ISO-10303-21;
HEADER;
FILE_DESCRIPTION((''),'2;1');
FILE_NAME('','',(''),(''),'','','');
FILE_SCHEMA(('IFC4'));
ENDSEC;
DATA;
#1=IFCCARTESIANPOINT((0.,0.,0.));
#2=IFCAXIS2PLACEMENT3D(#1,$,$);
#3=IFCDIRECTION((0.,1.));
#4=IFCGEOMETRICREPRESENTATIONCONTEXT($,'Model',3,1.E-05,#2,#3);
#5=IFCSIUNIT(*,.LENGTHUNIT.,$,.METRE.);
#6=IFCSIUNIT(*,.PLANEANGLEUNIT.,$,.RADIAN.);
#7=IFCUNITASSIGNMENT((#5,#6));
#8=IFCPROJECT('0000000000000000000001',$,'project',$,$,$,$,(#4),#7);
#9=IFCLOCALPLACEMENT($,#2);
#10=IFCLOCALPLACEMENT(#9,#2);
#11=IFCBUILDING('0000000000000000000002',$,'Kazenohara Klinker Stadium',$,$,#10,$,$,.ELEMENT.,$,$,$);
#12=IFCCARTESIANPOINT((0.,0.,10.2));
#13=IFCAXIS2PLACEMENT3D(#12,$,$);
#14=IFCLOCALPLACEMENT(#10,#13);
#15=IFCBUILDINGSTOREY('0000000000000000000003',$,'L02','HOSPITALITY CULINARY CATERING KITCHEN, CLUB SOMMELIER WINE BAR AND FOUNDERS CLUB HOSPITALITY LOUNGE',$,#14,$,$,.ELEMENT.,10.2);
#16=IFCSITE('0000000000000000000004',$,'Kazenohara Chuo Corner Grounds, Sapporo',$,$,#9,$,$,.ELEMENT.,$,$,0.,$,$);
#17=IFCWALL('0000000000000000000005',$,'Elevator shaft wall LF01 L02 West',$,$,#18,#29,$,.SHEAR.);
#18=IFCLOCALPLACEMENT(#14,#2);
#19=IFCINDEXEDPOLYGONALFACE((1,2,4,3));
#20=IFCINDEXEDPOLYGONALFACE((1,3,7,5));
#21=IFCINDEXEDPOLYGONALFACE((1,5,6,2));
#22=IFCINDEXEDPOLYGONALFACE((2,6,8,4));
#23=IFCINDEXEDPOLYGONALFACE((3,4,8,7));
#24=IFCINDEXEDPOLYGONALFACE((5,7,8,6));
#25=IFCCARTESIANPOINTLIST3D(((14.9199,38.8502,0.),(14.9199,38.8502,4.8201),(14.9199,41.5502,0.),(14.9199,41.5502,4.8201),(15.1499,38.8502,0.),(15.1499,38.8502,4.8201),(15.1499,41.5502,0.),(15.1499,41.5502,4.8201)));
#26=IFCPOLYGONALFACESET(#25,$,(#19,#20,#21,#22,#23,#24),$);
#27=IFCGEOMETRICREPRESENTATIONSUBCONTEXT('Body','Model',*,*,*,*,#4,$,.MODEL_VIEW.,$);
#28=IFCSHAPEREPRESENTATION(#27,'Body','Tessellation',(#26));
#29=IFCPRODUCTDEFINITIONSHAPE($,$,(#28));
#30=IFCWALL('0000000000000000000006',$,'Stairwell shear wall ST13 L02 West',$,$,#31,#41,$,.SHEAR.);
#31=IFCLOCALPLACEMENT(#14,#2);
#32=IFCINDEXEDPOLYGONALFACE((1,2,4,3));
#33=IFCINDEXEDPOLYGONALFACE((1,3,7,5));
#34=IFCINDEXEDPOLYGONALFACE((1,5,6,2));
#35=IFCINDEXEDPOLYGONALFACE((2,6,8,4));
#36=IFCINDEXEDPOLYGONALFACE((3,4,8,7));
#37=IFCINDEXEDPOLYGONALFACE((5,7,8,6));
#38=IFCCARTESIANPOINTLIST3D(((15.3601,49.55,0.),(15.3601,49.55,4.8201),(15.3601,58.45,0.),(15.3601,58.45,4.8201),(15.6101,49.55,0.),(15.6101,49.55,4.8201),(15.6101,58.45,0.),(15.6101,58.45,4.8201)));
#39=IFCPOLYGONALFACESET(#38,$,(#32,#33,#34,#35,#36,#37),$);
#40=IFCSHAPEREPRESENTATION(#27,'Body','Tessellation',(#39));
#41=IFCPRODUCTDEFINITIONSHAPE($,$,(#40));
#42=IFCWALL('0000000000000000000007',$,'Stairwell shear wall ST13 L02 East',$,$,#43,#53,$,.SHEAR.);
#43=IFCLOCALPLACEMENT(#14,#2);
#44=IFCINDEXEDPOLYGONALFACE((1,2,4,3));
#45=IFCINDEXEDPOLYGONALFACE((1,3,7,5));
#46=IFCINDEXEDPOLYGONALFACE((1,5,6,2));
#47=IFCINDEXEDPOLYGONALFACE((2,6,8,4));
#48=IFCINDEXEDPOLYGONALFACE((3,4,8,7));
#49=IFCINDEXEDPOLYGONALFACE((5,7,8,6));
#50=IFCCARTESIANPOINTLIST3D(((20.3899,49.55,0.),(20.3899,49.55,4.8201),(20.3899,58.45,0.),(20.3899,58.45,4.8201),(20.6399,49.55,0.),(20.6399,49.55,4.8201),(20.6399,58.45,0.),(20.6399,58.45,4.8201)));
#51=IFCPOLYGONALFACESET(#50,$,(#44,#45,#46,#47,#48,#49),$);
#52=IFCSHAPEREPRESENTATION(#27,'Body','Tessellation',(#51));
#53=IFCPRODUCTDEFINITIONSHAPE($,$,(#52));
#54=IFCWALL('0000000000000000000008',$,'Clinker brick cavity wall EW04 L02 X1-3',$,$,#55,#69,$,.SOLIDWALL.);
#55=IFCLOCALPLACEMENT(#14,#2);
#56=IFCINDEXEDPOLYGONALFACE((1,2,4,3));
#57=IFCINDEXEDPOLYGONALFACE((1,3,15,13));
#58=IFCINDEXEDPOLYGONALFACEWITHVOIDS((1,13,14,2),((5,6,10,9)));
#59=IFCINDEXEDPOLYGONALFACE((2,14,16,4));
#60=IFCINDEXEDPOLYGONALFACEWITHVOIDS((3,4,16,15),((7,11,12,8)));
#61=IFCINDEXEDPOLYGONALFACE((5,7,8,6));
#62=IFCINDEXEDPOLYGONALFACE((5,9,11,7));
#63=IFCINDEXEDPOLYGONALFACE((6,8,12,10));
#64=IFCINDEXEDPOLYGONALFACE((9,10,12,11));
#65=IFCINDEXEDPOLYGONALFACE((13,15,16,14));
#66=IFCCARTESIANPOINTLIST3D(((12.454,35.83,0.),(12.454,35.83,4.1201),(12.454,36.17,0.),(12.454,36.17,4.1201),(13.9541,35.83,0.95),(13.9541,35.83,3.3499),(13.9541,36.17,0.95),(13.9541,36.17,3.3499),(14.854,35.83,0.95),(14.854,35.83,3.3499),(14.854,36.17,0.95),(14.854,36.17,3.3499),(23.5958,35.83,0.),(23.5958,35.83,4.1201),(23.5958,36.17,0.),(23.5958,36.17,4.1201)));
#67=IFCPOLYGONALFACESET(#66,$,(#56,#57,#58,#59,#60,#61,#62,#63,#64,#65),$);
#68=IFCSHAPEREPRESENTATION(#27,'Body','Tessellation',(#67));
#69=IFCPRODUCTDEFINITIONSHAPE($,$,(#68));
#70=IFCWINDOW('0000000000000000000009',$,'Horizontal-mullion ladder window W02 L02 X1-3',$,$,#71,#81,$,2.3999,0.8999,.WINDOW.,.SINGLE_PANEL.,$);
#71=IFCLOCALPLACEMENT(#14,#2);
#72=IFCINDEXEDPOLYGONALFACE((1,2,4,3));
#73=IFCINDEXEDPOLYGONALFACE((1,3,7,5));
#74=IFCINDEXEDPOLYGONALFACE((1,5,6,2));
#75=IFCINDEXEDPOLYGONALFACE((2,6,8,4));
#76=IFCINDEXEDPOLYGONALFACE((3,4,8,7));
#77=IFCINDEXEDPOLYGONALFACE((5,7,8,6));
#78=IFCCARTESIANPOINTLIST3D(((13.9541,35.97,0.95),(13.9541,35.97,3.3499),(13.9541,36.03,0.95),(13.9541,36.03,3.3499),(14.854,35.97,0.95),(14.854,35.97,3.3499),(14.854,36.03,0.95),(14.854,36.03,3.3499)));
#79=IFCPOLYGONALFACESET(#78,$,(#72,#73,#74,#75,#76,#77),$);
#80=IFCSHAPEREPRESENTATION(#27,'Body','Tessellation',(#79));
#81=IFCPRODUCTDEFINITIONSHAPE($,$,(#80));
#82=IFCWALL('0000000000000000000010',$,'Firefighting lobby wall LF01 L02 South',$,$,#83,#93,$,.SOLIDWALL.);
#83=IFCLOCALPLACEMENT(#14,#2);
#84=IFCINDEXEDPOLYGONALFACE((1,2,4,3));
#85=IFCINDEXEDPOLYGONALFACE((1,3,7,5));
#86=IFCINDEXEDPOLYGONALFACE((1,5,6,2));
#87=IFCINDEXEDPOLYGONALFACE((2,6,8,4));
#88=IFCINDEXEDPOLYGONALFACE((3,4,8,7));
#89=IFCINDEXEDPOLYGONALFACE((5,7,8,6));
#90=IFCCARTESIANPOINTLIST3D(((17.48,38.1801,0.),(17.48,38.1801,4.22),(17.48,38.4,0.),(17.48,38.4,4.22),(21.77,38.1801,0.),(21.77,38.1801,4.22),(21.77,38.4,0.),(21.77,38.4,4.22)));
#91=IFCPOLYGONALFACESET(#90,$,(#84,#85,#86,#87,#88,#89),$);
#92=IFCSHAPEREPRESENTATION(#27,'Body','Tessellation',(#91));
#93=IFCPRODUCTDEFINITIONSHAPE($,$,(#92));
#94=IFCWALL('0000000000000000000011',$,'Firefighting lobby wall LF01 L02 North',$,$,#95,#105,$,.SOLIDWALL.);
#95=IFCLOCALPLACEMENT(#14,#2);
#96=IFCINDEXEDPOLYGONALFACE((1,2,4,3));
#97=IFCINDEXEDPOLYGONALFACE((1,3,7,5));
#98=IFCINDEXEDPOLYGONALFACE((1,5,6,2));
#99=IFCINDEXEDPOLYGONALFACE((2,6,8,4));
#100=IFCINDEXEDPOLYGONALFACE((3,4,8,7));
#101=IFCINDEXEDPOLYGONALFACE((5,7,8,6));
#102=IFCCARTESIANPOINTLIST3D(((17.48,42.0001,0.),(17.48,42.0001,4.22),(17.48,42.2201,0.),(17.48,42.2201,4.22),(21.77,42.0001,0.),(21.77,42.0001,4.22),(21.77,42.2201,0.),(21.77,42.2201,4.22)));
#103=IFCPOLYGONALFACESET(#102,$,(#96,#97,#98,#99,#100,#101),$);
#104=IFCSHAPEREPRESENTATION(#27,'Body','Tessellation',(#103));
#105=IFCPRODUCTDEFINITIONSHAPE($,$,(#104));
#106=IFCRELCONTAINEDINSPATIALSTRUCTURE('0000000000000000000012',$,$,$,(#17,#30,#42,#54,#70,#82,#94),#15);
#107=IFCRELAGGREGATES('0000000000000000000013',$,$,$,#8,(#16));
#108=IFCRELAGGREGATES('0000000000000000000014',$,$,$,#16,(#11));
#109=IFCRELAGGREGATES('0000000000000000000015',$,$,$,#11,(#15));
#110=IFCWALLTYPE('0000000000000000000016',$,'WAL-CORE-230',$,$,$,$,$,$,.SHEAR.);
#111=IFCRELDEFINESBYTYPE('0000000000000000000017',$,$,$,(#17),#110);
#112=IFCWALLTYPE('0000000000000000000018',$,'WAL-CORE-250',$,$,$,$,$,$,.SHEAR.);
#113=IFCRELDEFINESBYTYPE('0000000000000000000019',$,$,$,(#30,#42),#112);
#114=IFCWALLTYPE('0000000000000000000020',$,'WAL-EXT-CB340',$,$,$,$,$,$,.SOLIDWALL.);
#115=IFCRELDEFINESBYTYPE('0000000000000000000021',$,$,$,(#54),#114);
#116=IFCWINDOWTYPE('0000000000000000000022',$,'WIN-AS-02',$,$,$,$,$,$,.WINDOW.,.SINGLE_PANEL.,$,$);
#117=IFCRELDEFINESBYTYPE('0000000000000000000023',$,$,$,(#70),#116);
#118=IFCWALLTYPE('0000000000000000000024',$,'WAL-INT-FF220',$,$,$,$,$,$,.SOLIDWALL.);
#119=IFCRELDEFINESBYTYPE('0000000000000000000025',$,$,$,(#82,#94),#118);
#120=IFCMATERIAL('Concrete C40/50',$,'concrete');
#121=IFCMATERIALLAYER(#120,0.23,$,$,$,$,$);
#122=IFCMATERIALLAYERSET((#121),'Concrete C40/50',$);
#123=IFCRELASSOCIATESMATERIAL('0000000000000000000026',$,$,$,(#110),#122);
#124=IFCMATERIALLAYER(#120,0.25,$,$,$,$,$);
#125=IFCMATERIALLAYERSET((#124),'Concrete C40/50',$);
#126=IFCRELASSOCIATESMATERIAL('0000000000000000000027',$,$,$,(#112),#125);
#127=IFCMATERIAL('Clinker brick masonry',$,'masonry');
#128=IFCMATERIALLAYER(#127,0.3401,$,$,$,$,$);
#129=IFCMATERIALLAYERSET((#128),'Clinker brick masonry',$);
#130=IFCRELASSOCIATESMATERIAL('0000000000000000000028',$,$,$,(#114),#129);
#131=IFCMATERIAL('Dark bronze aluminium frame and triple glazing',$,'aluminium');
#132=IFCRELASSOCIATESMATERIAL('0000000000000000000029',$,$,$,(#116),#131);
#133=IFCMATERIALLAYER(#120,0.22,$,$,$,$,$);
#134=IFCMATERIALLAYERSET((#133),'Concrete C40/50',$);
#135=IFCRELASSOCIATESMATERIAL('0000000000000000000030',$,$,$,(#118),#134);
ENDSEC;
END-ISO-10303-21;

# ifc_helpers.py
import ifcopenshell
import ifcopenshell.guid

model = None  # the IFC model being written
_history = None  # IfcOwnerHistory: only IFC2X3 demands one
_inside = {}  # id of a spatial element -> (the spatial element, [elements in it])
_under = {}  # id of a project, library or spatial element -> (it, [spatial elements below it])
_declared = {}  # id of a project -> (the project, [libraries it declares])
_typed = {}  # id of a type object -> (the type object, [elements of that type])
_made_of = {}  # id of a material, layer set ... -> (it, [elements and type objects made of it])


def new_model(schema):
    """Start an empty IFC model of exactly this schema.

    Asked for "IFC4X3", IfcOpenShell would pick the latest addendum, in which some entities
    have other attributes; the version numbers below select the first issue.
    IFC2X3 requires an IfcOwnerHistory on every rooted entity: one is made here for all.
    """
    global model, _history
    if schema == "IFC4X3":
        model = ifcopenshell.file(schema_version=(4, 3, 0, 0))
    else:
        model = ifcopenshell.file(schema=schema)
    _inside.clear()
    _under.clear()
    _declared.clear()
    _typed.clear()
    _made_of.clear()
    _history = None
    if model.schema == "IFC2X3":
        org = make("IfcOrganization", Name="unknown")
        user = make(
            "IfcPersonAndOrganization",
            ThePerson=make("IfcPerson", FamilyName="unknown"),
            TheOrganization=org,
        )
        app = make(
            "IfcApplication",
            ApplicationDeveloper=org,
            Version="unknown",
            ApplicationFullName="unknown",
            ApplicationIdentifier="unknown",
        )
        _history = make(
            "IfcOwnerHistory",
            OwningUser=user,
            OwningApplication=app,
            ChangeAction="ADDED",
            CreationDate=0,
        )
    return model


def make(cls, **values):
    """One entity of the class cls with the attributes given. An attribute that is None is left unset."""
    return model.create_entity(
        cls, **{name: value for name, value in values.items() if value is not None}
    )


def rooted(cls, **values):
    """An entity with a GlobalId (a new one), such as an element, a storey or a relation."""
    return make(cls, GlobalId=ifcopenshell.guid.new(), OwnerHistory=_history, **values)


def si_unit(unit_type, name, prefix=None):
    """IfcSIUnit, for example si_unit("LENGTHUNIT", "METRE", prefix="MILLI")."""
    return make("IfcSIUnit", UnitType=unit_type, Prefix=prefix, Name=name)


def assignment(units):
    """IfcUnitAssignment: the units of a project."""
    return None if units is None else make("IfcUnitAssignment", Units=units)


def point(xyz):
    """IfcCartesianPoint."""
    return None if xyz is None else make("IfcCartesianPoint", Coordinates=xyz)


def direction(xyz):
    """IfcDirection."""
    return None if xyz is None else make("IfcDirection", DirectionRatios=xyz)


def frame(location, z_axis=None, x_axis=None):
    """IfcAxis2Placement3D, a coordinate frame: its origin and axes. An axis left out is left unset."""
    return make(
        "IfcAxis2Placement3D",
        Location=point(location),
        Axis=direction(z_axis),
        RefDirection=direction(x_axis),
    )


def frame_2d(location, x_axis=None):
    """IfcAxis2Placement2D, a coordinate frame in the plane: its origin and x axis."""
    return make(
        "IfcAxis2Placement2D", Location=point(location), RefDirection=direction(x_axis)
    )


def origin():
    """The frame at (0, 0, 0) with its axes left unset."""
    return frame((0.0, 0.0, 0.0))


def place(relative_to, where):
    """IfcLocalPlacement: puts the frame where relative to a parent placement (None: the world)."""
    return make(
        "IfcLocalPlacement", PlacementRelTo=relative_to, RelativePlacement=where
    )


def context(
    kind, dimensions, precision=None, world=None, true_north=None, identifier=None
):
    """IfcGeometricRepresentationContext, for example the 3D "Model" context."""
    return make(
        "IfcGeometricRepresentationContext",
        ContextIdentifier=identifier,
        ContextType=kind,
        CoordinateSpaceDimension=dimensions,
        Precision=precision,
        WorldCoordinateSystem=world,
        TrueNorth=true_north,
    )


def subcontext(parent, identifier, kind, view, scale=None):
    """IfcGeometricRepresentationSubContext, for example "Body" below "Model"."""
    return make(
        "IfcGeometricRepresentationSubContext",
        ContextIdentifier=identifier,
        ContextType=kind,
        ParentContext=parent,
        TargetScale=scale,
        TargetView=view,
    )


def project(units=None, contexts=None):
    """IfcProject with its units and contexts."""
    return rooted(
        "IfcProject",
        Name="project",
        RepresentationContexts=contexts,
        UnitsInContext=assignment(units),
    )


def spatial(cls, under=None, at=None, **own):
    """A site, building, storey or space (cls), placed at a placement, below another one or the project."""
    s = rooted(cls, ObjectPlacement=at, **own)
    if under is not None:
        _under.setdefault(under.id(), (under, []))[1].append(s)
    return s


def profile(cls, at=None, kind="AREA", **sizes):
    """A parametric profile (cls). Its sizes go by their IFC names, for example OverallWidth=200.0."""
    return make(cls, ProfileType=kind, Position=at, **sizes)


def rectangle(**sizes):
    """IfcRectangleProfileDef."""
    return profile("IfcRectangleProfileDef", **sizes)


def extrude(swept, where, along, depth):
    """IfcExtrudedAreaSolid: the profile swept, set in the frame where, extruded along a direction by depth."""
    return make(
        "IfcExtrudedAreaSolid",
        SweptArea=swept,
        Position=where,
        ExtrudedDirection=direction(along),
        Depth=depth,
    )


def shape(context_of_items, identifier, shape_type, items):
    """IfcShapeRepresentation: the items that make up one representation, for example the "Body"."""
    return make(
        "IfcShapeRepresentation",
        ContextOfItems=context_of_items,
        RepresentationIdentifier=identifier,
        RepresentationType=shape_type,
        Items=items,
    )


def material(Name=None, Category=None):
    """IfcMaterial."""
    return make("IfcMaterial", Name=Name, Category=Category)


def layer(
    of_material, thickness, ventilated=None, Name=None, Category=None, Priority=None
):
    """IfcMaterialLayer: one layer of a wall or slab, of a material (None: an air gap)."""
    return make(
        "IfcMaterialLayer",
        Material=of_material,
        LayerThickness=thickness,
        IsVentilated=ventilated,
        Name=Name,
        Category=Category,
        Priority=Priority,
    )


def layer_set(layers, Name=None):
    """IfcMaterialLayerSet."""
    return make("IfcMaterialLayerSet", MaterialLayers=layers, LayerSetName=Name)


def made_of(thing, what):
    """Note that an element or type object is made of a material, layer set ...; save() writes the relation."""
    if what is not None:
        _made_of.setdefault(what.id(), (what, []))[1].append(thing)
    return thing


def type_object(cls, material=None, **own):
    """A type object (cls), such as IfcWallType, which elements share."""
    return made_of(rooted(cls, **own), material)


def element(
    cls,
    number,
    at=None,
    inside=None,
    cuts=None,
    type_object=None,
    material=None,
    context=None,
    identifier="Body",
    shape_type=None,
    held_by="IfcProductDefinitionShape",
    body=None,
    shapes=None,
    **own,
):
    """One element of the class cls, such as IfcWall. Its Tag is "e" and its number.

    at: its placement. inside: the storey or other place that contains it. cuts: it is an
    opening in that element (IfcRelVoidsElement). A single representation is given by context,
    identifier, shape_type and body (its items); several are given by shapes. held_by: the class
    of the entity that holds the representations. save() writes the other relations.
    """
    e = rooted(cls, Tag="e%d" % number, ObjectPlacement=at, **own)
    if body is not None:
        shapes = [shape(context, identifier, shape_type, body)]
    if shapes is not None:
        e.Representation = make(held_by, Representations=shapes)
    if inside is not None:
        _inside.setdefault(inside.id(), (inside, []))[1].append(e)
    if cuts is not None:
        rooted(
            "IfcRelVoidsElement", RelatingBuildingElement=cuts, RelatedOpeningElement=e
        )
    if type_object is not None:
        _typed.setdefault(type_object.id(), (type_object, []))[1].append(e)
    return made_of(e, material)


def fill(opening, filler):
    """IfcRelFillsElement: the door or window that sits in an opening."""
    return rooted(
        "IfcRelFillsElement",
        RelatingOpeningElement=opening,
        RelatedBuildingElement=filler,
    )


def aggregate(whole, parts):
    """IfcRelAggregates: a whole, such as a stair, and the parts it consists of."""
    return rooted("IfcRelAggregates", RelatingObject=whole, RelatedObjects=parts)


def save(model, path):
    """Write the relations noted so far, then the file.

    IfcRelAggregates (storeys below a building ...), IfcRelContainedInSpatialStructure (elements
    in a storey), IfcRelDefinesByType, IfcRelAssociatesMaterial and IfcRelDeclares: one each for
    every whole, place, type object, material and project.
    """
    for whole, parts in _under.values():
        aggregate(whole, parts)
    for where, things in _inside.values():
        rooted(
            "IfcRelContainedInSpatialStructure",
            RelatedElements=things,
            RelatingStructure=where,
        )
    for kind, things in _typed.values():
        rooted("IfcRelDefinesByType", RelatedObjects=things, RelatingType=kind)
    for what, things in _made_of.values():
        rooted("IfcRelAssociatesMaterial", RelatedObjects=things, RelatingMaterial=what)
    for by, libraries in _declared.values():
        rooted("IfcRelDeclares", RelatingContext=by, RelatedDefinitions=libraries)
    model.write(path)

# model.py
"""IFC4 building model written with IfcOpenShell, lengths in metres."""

from ifc_helpers import new_model, si_unit, direction, frame, frame_2d, origin, place, context, subcontext, project, spatial, rectangle, extrude, material, layer, layer_set, type_object, element, fill, save


model = new_model("IFC4")

# Units and contexts
model_context = context("Model", 3, precision=1e-05, world=origin(), true_north=direction((0.0, 1.0)))
body_context = subcontext(model_context, "Body", "Model", "MODEL_VIEW")
ifc_project = project(units=[si_unit("LENGTHUNIT", "METRE"), si_unit("PLANEANGLEUNIT", "RADIAN")], contexts=[model_context])

# Site, building, storey
site_placement = place(None, origin())
site = spatial("IfcSite", under=ifc_project, at=site_placement, Name="Kazenohara Chuo Corner Grounds, Sapporo", CompositionType="ELEMENT", RefElevation=0.0)
building_placement = place(site_placement, origin())
building = spatial("IfcBuilding", under=site, at=building_placement, Name="Kazenohara Klinker Stadium", CompositionType="ELEMENT")
storey_placement = place(building_placement, frame((0.0, 0.0, 10.2)))
storey = spatial("IfcBuildingStorey", under=building, at=storey_placement, Name="L02", Description="HOSPITALITY CULINARY CATERING KITCHEN, CLUB SOMMELIER WINE BAR AND FOUNDERS CLUB HOSPITALITY LOUNGE", CompositionType="ELEMENT", Elevation=10.2)

# Shared definitions
ifc_material_1 = material(Name="Concrete C40/50", Category="concrete")

# Wall
ifc_layer_1 = layer(ifc_material_1, 0.23)
ifc_layer_set_1 = layer_set([ifc_layer_1], Name="Concrete C40/50")
wall_type_1 = type_object("IfcWallType", Name="WAL-CORE-230", PredefinedType="SHEAR", material=ifc_layer_set_1)
wall_1_placement = place(storey_placement, frame((15.0349, 38.8501, 0.0), z_axis=(0.0, 0.0, 1.0), x_axis=(0.0, 1.0, 0.0)))
element("IfcWall", 1, at=wall_1_placement, inside=storey, type_object=wall_type_1, Name="Elevator shaft wall LF01 L02 West", PredefinedType="SHEAR", context=body_context, shape_type="SweptSolid", body=[
    extrude(rectangle(XDim=2.7, YDim=0.23, at=frame_2d((1.3501, 0.0))), origin(), (0.0, 0.0, 1.0), 4.8201),
])

# Shared definitions
ifc_layer_2 = layer(ifc_material_1, 0.25)
ifc_layer_set_2 = layer_set([ifc_layer_2], Name="Concrete C40/50")
wall_type_2 = type_object("IfcWallType", Name="WAL-CORE-250", PredefinedType="SHEAR", material=ifc_layer_set_2)

# Walls
for number, where, z_axis, x_axis, name in (
    (2, (15.4851, 49.55, 0.0), (0.0, 0.0, 1.0), (0.0, 1.0, 0.0), "Stairwell shear wall ST13 L02 West"),
    (3, (20.5149, 49.55, 0.0), (0.0, 0.0, 1.0), (0.0, 1.0, 0.0), "Stairwell shear wall ST13 L02 East"),
):
    element("IfcWall", number, at=place(storey_placement, frame(where, z_axis=z_axis, x_axis=x_axis)), inside=storey, type_object=wall_type_2, Name=name, PredefinedType="SHEAR", context=body_context, shape_type="SweptSolid", body=[
        extrude(rectangle(XDim=8.8999, YDim=0.25, at=frame_2d((4.45, 0.0))), origin(), (0.0, 0.0, 1.0), 4.8201),
    ])

# Wall, opening, window
ifc_material_2 = material(Name="Clinker brick masonry", Category="masonry")
ifc_layer_3 = layer(ifc_material_2, 0.3401)
ifc_layer_set_3 = layer_set([ifc_layer_3], Name="Clinker brick masonry")
wall_type_3 = type_object("IfcWallType", Name="WAL-EXT-CB340", PredefinedType="SOLIDWALL", material=ifc_layer_set_3)
wall_2_placement = place(storey_placement, frame((12.4541, 36.0, 0.0), z_axis=(0.0, 0.0, 1.0), x_axis=(1.0, 0.0, 0.0)))
wall_2 = element("IfcWall", 4, at=wall_2_placement, inside=storey, type_object=wall_type_3, Name="Clinker brick cavity wall EW04 L02 X1-3", PredefinedType="SOLIDWALL", context=body_context, shape_type="SweptSolid", body=[
    extrude(rectangle(XDim=11.1418, YDim=0.3401, at=frame_2d((5.5708, 0.0))), origin(), (0.0, 0.0, 1.0), 4.1201),
])
opening_1_placement = place(wall_2_placement, frame((1.5, 0.0, 0.95)))
opening_1 = element("IfcOpeningElement", 5, at=opening_1_placement, cuts=wall_2, PredefinedType="OPENING", context=body_context, shape_type="SweptSolid", body=[
    extrude(rectangle(XDim=0.8999, YDim=2.3999, at=frame_2d((0.45, 1.2))), frame((0.0, 0.1802, 0.0), z_axis=(0.0, -1.0, 0.0), x_axis=(1.0, 0.0, 0.0)), (0.0, 0.0, 1.0), 0.3601),
])
ifc_material_3 = material(Name="Dark bronze aluminium frame and triple glazing", Category="aluminium")
window_type = type_object("IfcWindowType", Name="WIN-AS-02", PartitioningType="SINGLE_PANEL", PredefinedType="WINDOW", material=ifc_material_3)
window_placement = place(opening_1_placement, origin())
window = element("IfcWindow", 6, at=window_placement, inside=storey, type_object=window_type, Name="Horizontal-mullion ladder window W02 L02 X1-3", OverallHeight=2.3999, OverallWidth=0.8999, PartitioningType="SINGLE_PANEL", PredefinedType="WINDOW", context=body_context, shape_type="SweptSolid", body=[
    extrude(rectangle(XDim=0.8999, YDim=2.3999, at=frame_2d((0.45, 1.2))), frame((0.0, 0.03, 0.0), z_axis=(0.0, -1.0, 0.0), x_axis=(1.0, 0.0, 0.0)), (0.0, 0.0, 1.0), 0.0601),
])
fill(opening_1, window)

# Walls
ifc_layer_4 = layer(ifc_material_1, 0.22)
ifc_layer_set_4 = layer_set([ifc_layer_4], Name="Concrete C40/50")
wall_type_4 = type_object("IfcWallType", Name="WAL-INT-FF220", PredefinedType="SOLIDWALL", material=ifc_layer_set_4)
for number, where, z_axis, x_axis, name in (
    (7, (17.48, 38.29, 0.0), (0.0, 0.0, 1.0), (1.0, 0.0, 0.0), "Firefighting lobby wall LF01 L02 South"),
    (8, (17.48, 42.1101, 0.0), (0.0, 0.0, 1.0), (1.0, 0.0, 0.0), "Firefighting lobby wall LF01 L02 North"),
):
    element("IfcWall", number, at=place(storey_placement, frame(where, z_axis=z_axis, x_axis=x_axis)), inside=storey, type_object=wall_type_4, Name=name, PredefinedType="SOLIDWALL", context=body_context, shape_type="SweptSolid", body=[
        extrude(rectangle(XDim=4.29, YDim=0.22, at=frame_2d((2.145, 0.0))), origin(), (0.0, 0.0, 1.0), 4.22),
    ])

save(model, "model.ifc")
